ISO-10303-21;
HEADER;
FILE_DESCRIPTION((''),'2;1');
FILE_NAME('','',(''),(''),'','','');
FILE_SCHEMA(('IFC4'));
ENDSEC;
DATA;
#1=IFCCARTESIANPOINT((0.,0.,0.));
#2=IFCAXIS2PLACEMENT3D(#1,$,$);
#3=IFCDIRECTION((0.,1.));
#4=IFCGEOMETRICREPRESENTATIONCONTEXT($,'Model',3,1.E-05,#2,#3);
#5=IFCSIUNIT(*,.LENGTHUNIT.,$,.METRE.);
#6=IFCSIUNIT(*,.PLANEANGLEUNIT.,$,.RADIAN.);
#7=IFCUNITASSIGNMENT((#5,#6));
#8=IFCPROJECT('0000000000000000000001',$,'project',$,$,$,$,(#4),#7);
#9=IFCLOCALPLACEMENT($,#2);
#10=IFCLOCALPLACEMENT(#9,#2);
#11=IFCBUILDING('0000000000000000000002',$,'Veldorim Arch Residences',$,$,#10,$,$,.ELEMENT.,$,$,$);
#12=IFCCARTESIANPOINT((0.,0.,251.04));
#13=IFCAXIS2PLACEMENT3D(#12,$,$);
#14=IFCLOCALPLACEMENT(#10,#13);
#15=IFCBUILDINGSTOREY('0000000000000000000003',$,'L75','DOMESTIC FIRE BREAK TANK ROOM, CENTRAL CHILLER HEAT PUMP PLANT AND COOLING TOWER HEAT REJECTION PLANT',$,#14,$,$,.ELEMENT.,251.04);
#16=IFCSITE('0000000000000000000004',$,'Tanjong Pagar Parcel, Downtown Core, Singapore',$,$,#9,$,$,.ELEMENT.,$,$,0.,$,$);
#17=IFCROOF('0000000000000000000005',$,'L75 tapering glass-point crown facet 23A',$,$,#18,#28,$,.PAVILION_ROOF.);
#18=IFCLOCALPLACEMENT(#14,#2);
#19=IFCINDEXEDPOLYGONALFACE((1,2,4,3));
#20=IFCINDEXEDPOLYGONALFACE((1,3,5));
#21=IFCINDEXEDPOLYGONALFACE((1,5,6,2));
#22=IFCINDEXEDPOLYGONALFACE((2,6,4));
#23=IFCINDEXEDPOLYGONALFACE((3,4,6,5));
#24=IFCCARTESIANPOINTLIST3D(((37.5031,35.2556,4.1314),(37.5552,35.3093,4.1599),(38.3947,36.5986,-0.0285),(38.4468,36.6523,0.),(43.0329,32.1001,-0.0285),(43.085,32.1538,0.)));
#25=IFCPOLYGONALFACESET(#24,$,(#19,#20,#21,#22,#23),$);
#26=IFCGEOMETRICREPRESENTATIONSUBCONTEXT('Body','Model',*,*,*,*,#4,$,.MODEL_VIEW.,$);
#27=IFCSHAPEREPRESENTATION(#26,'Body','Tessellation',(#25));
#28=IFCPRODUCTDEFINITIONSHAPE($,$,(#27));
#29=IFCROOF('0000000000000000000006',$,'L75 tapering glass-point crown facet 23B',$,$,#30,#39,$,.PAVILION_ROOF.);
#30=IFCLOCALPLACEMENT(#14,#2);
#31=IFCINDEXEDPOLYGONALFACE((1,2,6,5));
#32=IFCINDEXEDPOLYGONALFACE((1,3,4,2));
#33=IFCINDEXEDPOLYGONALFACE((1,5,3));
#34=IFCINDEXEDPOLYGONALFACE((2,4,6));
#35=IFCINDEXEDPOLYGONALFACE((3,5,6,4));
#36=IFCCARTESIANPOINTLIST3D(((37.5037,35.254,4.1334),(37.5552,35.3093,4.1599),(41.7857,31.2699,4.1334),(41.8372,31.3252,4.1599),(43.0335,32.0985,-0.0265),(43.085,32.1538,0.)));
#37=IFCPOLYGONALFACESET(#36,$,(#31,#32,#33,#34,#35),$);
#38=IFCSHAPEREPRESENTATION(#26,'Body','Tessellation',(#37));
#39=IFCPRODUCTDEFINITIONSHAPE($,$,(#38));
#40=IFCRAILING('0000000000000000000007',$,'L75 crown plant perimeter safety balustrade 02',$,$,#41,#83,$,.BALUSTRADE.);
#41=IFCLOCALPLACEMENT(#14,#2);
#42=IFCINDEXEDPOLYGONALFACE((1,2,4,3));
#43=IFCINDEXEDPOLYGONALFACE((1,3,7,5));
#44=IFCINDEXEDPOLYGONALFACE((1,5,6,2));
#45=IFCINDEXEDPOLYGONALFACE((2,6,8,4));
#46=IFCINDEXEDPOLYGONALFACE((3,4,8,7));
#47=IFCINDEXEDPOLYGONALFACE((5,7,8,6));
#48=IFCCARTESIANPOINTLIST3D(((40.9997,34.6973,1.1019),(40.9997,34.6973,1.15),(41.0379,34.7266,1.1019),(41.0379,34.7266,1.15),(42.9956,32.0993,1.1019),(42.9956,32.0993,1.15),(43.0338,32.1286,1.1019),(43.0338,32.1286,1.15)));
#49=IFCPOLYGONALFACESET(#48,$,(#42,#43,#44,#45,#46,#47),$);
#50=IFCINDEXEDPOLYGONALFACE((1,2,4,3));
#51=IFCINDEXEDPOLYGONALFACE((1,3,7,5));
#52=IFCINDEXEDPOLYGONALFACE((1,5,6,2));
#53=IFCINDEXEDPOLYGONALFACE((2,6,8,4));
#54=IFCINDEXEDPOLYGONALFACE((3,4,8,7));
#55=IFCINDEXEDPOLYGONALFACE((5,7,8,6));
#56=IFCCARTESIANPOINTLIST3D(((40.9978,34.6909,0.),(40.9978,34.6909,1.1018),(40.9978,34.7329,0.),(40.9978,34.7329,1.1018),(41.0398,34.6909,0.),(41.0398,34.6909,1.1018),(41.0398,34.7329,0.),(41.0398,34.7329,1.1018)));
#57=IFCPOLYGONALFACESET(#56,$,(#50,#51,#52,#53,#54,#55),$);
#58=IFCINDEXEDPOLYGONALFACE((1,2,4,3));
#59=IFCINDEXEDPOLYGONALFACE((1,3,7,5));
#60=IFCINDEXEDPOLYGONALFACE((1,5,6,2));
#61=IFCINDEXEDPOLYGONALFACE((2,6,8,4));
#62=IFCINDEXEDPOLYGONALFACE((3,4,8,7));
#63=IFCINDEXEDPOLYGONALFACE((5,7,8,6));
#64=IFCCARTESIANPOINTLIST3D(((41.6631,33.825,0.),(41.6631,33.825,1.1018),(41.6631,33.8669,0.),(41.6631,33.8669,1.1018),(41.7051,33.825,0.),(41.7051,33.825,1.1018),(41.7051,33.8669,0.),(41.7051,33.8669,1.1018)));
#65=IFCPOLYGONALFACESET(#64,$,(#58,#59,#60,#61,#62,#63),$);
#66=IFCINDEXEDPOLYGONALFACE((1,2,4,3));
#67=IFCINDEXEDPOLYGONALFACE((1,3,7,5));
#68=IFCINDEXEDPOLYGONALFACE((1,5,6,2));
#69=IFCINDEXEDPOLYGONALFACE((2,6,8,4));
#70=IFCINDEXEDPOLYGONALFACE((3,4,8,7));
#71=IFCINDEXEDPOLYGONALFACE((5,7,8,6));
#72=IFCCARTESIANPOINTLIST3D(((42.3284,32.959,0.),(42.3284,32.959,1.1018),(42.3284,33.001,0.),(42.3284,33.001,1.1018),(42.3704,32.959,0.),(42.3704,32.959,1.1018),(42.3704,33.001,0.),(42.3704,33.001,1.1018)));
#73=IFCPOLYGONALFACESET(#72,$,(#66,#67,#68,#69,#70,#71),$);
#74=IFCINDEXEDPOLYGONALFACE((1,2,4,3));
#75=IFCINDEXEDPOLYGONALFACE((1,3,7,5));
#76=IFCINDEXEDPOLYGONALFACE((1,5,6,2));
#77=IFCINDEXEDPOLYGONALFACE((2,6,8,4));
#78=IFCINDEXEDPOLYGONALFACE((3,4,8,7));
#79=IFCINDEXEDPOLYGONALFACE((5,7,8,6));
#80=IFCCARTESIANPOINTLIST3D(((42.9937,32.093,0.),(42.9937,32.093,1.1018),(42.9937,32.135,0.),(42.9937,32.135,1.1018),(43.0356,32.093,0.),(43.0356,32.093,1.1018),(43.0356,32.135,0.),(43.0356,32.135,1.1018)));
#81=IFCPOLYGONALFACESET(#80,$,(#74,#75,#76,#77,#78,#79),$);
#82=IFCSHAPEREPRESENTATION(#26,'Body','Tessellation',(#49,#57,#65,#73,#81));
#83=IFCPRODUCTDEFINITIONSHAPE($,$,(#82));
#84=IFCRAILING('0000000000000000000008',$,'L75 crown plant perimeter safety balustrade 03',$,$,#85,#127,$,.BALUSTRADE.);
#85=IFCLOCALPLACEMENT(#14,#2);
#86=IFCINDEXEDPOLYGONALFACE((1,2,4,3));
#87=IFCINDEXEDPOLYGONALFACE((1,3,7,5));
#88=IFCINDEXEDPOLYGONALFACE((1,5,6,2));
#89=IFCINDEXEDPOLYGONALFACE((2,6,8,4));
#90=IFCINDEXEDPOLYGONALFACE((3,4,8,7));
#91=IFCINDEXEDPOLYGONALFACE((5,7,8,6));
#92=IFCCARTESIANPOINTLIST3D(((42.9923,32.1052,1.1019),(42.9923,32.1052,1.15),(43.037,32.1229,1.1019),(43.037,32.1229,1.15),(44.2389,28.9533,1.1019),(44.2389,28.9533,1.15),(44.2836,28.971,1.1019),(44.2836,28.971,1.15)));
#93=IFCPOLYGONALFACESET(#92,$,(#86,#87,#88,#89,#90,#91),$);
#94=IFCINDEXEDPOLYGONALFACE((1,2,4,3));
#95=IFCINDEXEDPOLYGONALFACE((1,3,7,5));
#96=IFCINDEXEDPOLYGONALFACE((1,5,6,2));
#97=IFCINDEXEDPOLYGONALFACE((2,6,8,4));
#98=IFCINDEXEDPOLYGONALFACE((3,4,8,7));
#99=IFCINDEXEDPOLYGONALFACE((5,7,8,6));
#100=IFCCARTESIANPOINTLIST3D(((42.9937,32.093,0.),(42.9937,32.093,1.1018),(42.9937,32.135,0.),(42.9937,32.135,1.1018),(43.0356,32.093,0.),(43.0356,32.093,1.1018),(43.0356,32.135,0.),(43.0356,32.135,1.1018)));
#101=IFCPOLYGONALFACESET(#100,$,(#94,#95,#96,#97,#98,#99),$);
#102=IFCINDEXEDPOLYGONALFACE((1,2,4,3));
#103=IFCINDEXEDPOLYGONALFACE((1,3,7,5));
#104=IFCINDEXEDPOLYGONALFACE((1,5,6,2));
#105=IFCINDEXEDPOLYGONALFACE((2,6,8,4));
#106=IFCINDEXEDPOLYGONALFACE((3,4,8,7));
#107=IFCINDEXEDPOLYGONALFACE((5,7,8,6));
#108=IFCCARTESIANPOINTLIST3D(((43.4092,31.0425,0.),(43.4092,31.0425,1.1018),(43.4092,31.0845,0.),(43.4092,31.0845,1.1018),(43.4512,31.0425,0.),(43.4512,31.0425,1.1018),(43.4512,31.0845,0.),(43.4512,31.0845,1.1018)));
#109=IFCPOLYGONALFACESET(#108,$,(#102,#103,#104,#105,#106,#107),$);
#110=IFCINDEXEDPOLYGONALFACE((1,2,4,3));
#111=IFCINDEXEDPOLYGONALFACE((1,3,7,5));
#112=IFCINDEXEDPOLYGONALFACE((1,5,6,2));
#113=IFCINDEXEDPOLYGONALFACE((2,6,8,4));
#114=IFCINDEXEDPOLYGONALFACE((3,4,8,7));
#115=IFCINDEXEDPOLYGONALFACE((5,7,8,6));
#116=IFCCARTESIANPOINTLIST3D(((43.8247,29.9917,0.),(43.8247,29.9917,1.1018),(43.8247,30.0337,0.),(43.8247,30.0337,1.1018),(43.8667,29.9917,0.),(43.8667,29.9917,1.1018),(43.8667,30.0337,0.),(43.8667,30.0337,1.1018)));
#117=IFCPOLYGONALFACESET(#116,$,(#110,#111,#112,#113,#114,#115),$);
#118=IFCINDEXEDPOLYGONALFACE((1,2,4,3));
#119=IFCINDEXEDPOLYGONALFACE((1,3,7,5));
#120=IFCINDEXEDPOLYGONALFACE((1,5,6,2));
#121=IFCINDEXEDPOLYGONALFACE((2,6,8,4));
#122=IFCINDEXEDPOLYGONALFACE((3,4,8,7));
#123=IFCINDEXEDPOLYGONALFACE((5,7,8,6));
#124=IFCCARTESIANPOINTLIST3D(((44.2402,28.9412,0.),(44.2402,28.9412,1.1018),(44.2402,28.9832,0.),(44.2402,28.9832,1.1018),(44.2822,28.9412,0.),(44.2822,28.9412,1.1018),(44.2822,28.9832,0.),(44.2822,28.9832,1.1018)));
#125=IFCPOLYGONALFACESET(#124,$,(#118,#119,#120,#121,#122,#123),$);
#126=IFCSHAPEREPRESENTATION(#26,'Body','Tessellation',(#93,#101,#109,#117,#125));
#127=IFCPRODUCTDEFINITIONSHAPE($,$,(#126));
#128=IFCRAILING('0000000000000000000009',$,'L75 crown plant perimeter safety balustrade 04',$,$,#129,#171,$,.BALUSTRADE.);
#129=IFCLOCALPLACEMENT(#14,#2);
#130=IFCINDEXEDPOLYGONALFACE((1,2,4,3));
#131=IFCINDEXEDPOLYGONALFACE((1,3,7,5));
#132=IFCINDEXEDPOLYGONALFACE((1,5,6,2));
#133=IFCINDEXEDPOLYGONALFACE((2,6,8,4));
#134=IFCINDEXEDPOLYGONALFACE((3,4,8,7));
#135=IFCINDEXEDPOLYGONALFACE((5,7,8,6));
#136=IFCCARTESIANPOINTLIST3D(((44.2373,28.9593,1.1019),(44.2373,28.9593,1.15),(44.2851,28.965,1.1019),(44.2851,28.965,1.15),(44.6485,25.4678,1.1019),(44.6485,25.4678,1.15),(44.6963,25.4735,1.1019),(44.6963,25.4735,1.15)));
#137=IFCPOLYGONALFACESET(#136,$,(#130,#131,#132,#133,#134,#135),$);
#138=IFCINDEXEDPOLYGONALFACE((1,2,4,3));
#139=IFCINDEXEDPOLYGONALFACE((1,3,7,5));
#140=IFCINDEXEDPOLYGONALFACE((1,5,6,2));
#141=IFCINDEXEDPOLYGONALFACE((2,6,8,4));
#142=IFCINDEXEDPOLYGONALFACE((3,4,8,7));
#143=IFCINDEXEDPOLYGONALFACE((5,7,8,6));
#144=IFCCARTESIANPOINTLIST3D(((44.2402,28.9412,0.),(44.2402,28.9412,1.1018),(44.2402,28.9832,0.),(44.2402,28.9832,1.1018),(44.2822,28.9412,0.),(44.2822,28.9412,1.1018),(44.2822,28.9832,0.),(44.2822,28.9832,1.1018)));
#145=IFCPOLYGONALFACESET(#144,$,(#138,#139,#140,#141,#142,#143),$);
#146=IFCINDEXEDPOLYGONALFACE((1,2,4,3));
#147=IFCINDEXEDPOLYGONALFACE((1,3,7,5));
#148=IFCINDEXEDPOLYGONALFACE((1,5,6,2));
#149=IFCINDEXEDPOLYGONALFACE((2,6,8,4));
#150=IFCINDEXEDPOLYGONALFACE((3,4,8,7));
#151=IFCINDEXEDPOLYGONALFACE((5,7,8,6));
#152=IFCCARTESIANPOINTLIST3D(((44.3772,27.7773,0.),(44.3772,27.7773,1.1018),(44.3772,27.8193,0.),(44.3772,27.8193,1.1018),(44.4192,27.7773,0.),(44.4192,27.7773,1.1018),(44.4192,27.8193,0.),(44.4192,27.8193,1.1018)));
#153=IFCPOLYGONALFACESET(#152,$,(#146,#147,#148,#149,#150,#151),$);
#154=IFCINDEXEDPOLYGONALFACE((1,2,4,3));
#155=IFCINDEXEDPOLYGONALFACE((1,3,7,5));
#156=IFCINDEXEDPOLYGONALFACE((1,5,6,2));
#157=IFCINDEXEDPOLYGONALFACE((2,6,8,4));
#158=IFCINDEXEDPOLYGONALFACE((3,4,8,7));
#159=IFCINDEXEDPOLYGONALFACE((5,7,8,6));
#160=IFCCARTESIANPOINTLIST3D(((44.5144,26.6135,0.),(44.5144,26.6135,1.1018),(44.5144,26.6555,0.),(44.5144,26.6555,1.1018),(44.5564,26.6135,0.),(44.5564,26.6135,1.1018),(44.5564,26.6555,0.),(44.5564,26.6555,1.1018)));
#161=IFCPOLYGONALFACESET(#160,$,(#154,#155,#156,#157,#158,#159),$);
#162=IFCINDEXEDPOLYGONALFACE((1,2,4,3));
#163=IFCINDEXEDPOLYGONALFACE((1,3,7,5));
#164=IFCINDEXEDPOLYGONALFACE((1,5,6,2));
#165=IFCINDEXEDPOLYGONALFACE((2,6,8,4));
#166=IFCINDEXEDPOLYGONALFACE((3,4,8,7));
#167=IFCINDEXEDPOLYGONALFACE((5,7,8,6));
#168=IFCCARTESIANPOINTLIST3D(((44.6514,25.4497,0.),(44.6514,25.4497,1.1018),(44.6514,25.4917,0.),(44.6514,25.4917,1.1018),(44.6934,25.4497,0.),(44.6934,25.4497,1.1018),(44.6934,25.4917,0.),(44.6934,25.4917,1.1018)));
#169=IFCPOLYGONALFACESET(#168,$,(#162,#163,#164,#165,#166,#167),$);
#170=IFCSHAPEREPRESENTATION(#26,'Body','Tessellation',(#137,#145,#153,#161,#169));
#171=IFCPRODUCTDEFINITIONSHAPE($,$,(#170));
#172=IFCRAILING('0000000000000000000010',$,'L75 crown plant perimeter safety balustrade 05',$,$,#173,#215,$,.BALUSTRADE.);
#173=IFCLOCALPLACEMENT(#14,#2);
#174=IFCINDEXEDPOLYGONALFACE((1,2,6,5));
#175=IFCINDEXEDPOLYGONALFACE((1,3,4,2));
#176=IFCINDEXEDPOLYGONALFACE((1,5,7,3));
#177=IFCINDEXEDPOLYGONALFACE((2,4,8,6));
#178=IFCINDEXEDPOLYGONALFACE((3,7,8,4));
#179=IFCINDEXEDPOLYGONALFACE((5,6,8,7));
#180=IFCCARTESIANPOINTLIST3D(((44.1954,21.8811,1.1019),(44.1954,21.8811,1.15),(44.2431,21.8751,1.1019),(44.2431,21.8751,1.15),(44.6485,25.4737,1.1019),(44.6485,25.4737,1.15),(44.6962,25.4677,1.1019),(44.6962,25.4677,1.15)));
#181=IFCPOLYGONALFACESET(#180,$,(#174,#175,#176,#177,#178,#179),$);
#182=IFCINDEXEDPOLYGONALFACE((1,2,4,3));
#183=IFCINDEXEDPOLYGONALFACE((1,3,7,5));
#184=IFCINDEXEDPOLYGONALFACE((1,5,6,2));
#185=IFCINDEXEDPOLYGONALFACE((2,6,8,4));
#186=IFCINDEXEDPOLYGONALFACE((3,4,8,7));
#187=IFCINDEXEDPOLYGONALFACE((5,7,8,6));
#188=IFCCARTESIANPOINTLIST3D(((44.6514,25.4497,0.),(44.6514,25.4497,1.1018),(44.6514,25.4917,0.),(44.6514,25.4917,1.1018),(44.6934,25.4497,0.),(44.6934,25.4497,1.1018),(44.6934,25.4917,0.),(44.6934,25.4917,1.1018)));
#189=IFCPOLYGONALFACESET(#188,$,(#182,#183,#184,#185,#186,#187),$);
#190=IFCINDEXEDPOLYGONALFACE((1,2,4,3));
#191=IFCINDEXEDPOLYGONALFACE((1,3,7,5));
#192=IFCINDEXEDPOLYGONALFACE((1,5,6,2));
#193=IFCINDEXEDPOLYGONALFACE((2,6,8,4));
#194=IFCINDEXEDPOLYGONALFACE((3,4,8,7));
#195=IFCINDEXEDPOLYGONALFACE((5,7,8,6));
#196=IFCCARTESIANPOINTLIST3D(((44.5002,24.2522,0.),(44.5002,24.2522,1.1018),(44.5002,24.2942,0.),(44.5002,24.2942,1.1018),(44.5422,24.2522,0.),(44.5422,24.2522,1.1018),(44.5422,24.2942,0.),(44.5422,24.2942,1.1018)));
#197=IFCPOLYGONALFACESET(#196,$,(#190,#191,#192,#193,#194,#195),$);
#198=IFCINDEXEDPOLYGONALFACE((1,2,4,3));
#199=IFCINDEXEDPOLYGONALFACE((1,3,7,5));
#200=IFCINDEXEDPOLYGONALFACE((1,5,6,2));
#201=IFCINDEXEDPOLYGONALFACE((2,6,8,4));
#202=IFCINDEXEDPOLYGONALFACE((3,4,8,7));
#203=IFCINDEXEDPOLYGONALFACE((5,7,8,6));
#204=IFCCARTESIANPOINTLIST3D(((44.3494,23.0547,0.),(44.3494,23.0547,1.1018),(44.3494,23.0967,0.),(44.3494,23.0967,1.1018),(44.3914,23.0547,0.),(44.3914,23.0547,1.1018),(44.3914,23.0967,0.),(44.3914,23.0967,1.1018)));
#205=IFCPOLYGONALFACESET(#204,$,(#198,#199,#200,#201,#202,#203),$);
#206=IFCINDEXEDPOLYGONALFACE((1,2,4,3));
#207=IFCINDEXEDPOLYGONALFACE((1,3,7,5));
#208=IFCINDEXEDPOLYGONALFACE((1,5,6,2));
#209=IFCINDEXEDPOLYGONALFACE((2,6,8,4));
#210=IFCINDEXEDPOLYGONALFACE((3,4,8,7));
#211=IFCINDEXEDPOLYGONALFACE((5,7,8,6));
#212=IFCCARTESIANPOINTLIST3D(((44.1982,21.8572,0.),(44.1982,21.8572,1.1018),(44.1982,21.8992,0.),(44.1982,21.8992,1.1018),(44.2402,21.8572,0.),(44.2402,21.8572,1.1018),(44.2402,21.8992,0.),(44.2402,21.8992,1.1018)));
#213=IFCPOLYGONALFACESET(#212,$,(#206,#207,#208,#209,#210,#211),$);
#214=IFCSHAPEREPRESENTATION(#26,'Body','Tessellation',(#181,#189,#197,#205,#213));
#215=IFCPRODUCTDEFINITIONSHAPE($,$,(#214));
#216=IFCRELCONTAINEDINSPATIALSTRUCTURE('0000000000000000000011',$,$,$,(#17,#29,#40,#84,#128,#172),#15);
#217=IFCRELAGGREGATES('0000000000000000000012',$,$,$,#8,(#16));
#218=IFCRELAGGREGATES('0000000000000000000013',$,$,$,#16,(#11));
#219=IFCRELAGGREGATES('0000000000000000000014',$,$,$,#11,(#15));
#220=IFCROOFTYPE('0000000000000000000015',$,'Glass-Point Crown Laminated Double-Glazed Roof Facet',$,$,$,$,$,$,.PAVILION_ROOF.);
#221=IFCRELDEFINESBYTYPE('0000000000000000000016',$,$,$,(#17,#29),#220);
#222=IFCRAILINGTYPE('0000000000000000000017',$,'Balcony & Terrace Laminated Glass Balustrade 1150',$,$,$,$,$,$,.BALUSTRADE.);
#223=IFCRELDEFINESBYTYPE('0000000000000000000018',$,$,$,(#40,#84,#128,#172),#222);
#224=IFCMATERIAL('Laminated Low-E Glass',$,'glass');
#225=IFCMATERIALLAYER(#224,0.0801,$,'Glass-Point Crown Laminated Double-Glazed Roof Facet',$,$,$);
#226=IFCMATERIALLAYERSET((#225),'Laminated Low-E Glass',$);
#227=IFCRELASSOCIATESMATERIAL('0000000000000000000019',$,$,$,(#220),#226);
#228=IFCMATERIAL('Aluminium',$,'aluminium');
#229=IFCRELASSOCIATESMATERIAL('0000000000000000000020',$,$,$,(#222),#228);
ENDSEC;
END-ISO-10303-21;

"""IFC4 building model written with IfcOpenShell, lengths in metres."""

from ifc_helpers import new_model, si_unit, direction, frame, origin, origin_2d, place, context, subcontext, project, spatial, polyline, rectangle, outline, extrude, material, layer, layer_set, type_object, element, save


model = new_model("IFC4")

# Units and contexts
model_context = context("Model", 3, precision=1e-05, world=origin(), true_north=direction((0.0, 1.0)))
body_context = subcontext(model_context, "Body", "Model", "MODEL_VIEW")
ifc_project = project(units=[si_unit("LENGTHUNIT", "METRE"), si_unit("PLANEANGLEUNIT", "RADIAN")], contexts=[model_context])

# Site, building, storey
site_placement = place(None, origin())
site = spatial("IfcSite", under=ifc_project, at=site_placement, Name="Tanjong Pagar Parcel, Downtown Core, Singapore", CompositionType="ELEMENT", RefElevation=0.0)
building_placement = place(site_placement, origin())
building = spatial("IfcBuilding", under=site, at=building_placement, Name="Veldorim Arch Residences", CompositionType="ELEMENT")
storey_placement = place(building_placement, frame((0.0, 0.0, 251.04)))
storey = spatial("IfcBuildingStorey", under=building, at=storey_placement, Name="L75", Description="DOMESTIC FIRE BREAK TANK ROOM, CENTRAL CHILLER HEAT PUMP PLANT AND COOLING TOWER HEAT REJECTION PLANT", CompositionType="ELEMENT", Elevation=251.04)

# Roofs
ifc_material_1 = material(Name="Laminated Low-E Glass", Category="glass")
ifc_layer_1 = layer(ifc_material_1, 0.0801, Name="Glass-Point Crown Laminated Double-Glazed Roof Facet")
ifc_layer_set_1 = layer_set([ifc_layer_1], Name="Laminated Low-E Glass")
roof_type = type_object("IfcRoofType", Name="Glass-Point Crown Laminated Double-Glazed Roof Facet", PredefinedType="PAVILION_ROOF", material=ifc_layer_set_1)
roof_1_placement = place(storey_placement, frame((43.085, 32.1538, 0.0), z_axis=(0.650603, 0.6708, 0.356011), x_axis=(-0.717831, 0.696218, 0.0)))
element("IfcRoof", 1, at=roof_1_placement, inside=storey, type_object=roof_type, Name="L75 tapering glass-point crown facet 23A", PredefinedType="PAVILION_ROOF", context=body_context, shape_type="SweptSolid", body=[
    extrude(outline(polyline([(0.0, 0.0), (6.4614, 0.0), (6.1664, 4.4516), (0.0, 0.0)])), origin(), (0.0, 0.0, -1.0), 0.0801),
])
roof_2_placement = place(storey_placement, frame((43.085, 32.1538, 0.0), z_axis=(0.642911, 0.690975, 0.330482), x_axis=(-0.727096, 0.41491, 0.546975)))
element("IfcRoof", 2, at=roof_2_placement, inside=storey, type_object=roof_type, Name="L75 tapering glass-point crown facet 23B", PredefinedType="PAVILION_ROOF", context=body_context, shape_type="SweptSolid", body=[
    extrude(outline(polyline([(0.0, 0.0), (7.6053, 0.0), (2.8388, 3.3896), (0.0, 0.0)])), origin(), (0.0, 0.0, -1.0), 0.0801),
])

# Railings
ifc_material_2 = material(Name="Aluminium", Category="aluminium")
railing_type = type_object("IfcRailingType", Name="Balcony & Terrace Laminated Glass Balustrade 1150", PredefinedType="BALUSTRADE", material=ifc_material_2)
railing_1_placement = place(storey_placement, frame((41.0188, 34.7119, 0.0)))
element("IfcRailing", 3, at=railing_1_placement, inside=storey, type_object=railing_type, Name="L75 crown plant perimeter safety balustrade 02", PredefinedType="BALUSTRADE", context=body_context, shape_type="SweptSolid", body=[
    extrude(rectangle(XDim=0.0481, YDim=0.0481, at=origin_2d()), frame((0.0, 0.0, 1.126), z_axis=(0.609224, -0.792998, 0.0), x_axis=(0.792998, 0.609224, 0.0)), (0.0, 0.0, 1.0), 3.2761),
    extrude(rectangle(XDim=0.042, YDim=0.042, at=origin_2d()), origin(), (0.0, 0.0, 1.0), 1.1018),
    extrude(rectangle(XDim=0.042, YDim=0.042, at=origin_2d()), frame((0.6653, -0.866, 0.0)), (0.0, 0.0, 1.0), 1.1018),
    extrude(rectangle(XDim=0.042, YDim=0.042, at=origin_2d()), frame((1.3306, -1.7319, 0.0)), (0.0, 0.0, 1.0), 1.1018),
    extrude(rectangle(XDim=0.042, YDim=0.042, at=origin_2d()), frame((1.9958, -2.5979, 0.0)), (0.0, 0.0, 1.0), 1.1018),
])
railing_2_placement = place(storey_placement, frame((43.0146, 32.114, 0.0)))
element("IfcRailing", 4, at=railing_2_placement, inside=storey, type_object=railing_type, Name="L75 crown plant perimeter safety balustrade 03", PredefinedType="BALUSTRADE", context=body_context, shape_type="SweptSolid", body=[
    extrude(rectangle(XDim=0.0481, YDim=0.0481, at=origin_2d()), frame((0.0, 0.0, 1.126), z_axis=(0.367786, -0.92991, 0.0), x_axis=(0.92991, 0.367786, 0.0)), (0.0, 0.0, 1.0), 3.3894),
    extrude(rectangle(XDim=0.042, YDim=0.042, at=origin_2d()), origin(), (0.0, 0.0, 1.0), 1.1018),
    extrude(rectangle(XDim=0.042, YDim=0.042, at=origin_2d()), frame((0.4155, -1.0505, 0.0)), (0.0, 0.0, 1.0), 1.1018),
    extrude(rectangle(XDim=0.042, YDim=0.042, at=origin_2d()), frame((0.8311, -2.1013, 0.0)), (0.0, 0.0, 1.0), 1.1018),
    extrude(rectangle(XDim=0.042, YDim=0.042, at=origin_2d()), frame((1.2466, -3.1519, 0.0)), (0.0, 0.0, 1.0), 1.1018),
])
railing_3_placement = place(storey_placement, frame((44.2612, 28.9622, 0.0)))
element("IfcRailing", 5, at=railing_3_placement, inside=storey, type_object=railing_type, Name="L75 crown plant perimeter safety balustrade 04", PredefinedType="BALUSTRADE", context=body_context, shape_type="SweptSolid", body=[
    extrude(rectangle(XDim=0.0481, YDim=0.0481, at=origin_2d()), frame((0.0, 0.0, 1.126), z_axis=(0.116946, -0.993138, 0.0), x_axis=(0.993138, 0.116946, 0.0)), (0.0, 0.0, 1.0), 3.5156),
    extrude(rectangle(XDim=0.042, YDim=0.042, at=origin_2d()), origin(), (0.0, 0.0, 1.0), 1.1018),
    extrude(rectangle(XDim=0.042, YDim=0.042, at=origin_2d()), frame((0.137, -1.1638, 0.0)), (0.0, 0.0, 1.0), 1.1018),
    extrude(rectangle(XDim=0.042, YDim=0.042, at=origin_2d()), frame((0.2742, -2.3276, 0.0)), (0.0, 0.0, 1.0), 1.1018),
    extrude(rectangle(XDim=0.042, YDim=0.042, at=origin_2d()), frame((0.4111, -3.4915, 0.0)), (0.0, 0.0, 1.0), 1.1018),
])
railing_4_placement = place(storey_placement, frame((44.6724, 25.4707, 0.0)))
element("IfcRailing", 6, at=railing_4_placement, inside=storey, type_object=railing_type, Name="L75 crown plant perimeter safety balustrade 05", PredefinedType="BALUSTRADE", context=body_context, shape_type="SweptSolid", body=[
    extrude(rectangle(XDim=0.0481, YDim=0.0481, at=origin_2d()), frame((0.0, 0.0, 1.126), z_axis=(-0.125138, -0.992139, 0.0), x_axis=(0.992139, -0.125138, 0.0)), (0.0, 0.0, 1.0), 3.6211),
    extrude(rectangle(XDim=0.042, YDim=0.042, at=origin_2d()), origin(), (0.0, 0.0, 1.0), 1.1018),
    extrude(rectangle(XDim=0.042, YDim=0.042, at=origin_2d()), frame((-0.1511, -1.1975, 0.0)), (0.0, 0.0, 1.0), 1.1018),
    extrude(rectangle(XDim=0.042, YDim=0.042, at=origin_2d()), frame((-0.302, -2.395, 0.0)), (0.0, 0.0, 1.0), 1.1018),
    extrude(rectangle(XDim=0.042, YDim=0.042, at=origin_2d()), frame((-0.4531, -3.5925, 0.0)), (0.0, 0.0, 1.0), 1.1018),
])

save(model, "model.ifc")
